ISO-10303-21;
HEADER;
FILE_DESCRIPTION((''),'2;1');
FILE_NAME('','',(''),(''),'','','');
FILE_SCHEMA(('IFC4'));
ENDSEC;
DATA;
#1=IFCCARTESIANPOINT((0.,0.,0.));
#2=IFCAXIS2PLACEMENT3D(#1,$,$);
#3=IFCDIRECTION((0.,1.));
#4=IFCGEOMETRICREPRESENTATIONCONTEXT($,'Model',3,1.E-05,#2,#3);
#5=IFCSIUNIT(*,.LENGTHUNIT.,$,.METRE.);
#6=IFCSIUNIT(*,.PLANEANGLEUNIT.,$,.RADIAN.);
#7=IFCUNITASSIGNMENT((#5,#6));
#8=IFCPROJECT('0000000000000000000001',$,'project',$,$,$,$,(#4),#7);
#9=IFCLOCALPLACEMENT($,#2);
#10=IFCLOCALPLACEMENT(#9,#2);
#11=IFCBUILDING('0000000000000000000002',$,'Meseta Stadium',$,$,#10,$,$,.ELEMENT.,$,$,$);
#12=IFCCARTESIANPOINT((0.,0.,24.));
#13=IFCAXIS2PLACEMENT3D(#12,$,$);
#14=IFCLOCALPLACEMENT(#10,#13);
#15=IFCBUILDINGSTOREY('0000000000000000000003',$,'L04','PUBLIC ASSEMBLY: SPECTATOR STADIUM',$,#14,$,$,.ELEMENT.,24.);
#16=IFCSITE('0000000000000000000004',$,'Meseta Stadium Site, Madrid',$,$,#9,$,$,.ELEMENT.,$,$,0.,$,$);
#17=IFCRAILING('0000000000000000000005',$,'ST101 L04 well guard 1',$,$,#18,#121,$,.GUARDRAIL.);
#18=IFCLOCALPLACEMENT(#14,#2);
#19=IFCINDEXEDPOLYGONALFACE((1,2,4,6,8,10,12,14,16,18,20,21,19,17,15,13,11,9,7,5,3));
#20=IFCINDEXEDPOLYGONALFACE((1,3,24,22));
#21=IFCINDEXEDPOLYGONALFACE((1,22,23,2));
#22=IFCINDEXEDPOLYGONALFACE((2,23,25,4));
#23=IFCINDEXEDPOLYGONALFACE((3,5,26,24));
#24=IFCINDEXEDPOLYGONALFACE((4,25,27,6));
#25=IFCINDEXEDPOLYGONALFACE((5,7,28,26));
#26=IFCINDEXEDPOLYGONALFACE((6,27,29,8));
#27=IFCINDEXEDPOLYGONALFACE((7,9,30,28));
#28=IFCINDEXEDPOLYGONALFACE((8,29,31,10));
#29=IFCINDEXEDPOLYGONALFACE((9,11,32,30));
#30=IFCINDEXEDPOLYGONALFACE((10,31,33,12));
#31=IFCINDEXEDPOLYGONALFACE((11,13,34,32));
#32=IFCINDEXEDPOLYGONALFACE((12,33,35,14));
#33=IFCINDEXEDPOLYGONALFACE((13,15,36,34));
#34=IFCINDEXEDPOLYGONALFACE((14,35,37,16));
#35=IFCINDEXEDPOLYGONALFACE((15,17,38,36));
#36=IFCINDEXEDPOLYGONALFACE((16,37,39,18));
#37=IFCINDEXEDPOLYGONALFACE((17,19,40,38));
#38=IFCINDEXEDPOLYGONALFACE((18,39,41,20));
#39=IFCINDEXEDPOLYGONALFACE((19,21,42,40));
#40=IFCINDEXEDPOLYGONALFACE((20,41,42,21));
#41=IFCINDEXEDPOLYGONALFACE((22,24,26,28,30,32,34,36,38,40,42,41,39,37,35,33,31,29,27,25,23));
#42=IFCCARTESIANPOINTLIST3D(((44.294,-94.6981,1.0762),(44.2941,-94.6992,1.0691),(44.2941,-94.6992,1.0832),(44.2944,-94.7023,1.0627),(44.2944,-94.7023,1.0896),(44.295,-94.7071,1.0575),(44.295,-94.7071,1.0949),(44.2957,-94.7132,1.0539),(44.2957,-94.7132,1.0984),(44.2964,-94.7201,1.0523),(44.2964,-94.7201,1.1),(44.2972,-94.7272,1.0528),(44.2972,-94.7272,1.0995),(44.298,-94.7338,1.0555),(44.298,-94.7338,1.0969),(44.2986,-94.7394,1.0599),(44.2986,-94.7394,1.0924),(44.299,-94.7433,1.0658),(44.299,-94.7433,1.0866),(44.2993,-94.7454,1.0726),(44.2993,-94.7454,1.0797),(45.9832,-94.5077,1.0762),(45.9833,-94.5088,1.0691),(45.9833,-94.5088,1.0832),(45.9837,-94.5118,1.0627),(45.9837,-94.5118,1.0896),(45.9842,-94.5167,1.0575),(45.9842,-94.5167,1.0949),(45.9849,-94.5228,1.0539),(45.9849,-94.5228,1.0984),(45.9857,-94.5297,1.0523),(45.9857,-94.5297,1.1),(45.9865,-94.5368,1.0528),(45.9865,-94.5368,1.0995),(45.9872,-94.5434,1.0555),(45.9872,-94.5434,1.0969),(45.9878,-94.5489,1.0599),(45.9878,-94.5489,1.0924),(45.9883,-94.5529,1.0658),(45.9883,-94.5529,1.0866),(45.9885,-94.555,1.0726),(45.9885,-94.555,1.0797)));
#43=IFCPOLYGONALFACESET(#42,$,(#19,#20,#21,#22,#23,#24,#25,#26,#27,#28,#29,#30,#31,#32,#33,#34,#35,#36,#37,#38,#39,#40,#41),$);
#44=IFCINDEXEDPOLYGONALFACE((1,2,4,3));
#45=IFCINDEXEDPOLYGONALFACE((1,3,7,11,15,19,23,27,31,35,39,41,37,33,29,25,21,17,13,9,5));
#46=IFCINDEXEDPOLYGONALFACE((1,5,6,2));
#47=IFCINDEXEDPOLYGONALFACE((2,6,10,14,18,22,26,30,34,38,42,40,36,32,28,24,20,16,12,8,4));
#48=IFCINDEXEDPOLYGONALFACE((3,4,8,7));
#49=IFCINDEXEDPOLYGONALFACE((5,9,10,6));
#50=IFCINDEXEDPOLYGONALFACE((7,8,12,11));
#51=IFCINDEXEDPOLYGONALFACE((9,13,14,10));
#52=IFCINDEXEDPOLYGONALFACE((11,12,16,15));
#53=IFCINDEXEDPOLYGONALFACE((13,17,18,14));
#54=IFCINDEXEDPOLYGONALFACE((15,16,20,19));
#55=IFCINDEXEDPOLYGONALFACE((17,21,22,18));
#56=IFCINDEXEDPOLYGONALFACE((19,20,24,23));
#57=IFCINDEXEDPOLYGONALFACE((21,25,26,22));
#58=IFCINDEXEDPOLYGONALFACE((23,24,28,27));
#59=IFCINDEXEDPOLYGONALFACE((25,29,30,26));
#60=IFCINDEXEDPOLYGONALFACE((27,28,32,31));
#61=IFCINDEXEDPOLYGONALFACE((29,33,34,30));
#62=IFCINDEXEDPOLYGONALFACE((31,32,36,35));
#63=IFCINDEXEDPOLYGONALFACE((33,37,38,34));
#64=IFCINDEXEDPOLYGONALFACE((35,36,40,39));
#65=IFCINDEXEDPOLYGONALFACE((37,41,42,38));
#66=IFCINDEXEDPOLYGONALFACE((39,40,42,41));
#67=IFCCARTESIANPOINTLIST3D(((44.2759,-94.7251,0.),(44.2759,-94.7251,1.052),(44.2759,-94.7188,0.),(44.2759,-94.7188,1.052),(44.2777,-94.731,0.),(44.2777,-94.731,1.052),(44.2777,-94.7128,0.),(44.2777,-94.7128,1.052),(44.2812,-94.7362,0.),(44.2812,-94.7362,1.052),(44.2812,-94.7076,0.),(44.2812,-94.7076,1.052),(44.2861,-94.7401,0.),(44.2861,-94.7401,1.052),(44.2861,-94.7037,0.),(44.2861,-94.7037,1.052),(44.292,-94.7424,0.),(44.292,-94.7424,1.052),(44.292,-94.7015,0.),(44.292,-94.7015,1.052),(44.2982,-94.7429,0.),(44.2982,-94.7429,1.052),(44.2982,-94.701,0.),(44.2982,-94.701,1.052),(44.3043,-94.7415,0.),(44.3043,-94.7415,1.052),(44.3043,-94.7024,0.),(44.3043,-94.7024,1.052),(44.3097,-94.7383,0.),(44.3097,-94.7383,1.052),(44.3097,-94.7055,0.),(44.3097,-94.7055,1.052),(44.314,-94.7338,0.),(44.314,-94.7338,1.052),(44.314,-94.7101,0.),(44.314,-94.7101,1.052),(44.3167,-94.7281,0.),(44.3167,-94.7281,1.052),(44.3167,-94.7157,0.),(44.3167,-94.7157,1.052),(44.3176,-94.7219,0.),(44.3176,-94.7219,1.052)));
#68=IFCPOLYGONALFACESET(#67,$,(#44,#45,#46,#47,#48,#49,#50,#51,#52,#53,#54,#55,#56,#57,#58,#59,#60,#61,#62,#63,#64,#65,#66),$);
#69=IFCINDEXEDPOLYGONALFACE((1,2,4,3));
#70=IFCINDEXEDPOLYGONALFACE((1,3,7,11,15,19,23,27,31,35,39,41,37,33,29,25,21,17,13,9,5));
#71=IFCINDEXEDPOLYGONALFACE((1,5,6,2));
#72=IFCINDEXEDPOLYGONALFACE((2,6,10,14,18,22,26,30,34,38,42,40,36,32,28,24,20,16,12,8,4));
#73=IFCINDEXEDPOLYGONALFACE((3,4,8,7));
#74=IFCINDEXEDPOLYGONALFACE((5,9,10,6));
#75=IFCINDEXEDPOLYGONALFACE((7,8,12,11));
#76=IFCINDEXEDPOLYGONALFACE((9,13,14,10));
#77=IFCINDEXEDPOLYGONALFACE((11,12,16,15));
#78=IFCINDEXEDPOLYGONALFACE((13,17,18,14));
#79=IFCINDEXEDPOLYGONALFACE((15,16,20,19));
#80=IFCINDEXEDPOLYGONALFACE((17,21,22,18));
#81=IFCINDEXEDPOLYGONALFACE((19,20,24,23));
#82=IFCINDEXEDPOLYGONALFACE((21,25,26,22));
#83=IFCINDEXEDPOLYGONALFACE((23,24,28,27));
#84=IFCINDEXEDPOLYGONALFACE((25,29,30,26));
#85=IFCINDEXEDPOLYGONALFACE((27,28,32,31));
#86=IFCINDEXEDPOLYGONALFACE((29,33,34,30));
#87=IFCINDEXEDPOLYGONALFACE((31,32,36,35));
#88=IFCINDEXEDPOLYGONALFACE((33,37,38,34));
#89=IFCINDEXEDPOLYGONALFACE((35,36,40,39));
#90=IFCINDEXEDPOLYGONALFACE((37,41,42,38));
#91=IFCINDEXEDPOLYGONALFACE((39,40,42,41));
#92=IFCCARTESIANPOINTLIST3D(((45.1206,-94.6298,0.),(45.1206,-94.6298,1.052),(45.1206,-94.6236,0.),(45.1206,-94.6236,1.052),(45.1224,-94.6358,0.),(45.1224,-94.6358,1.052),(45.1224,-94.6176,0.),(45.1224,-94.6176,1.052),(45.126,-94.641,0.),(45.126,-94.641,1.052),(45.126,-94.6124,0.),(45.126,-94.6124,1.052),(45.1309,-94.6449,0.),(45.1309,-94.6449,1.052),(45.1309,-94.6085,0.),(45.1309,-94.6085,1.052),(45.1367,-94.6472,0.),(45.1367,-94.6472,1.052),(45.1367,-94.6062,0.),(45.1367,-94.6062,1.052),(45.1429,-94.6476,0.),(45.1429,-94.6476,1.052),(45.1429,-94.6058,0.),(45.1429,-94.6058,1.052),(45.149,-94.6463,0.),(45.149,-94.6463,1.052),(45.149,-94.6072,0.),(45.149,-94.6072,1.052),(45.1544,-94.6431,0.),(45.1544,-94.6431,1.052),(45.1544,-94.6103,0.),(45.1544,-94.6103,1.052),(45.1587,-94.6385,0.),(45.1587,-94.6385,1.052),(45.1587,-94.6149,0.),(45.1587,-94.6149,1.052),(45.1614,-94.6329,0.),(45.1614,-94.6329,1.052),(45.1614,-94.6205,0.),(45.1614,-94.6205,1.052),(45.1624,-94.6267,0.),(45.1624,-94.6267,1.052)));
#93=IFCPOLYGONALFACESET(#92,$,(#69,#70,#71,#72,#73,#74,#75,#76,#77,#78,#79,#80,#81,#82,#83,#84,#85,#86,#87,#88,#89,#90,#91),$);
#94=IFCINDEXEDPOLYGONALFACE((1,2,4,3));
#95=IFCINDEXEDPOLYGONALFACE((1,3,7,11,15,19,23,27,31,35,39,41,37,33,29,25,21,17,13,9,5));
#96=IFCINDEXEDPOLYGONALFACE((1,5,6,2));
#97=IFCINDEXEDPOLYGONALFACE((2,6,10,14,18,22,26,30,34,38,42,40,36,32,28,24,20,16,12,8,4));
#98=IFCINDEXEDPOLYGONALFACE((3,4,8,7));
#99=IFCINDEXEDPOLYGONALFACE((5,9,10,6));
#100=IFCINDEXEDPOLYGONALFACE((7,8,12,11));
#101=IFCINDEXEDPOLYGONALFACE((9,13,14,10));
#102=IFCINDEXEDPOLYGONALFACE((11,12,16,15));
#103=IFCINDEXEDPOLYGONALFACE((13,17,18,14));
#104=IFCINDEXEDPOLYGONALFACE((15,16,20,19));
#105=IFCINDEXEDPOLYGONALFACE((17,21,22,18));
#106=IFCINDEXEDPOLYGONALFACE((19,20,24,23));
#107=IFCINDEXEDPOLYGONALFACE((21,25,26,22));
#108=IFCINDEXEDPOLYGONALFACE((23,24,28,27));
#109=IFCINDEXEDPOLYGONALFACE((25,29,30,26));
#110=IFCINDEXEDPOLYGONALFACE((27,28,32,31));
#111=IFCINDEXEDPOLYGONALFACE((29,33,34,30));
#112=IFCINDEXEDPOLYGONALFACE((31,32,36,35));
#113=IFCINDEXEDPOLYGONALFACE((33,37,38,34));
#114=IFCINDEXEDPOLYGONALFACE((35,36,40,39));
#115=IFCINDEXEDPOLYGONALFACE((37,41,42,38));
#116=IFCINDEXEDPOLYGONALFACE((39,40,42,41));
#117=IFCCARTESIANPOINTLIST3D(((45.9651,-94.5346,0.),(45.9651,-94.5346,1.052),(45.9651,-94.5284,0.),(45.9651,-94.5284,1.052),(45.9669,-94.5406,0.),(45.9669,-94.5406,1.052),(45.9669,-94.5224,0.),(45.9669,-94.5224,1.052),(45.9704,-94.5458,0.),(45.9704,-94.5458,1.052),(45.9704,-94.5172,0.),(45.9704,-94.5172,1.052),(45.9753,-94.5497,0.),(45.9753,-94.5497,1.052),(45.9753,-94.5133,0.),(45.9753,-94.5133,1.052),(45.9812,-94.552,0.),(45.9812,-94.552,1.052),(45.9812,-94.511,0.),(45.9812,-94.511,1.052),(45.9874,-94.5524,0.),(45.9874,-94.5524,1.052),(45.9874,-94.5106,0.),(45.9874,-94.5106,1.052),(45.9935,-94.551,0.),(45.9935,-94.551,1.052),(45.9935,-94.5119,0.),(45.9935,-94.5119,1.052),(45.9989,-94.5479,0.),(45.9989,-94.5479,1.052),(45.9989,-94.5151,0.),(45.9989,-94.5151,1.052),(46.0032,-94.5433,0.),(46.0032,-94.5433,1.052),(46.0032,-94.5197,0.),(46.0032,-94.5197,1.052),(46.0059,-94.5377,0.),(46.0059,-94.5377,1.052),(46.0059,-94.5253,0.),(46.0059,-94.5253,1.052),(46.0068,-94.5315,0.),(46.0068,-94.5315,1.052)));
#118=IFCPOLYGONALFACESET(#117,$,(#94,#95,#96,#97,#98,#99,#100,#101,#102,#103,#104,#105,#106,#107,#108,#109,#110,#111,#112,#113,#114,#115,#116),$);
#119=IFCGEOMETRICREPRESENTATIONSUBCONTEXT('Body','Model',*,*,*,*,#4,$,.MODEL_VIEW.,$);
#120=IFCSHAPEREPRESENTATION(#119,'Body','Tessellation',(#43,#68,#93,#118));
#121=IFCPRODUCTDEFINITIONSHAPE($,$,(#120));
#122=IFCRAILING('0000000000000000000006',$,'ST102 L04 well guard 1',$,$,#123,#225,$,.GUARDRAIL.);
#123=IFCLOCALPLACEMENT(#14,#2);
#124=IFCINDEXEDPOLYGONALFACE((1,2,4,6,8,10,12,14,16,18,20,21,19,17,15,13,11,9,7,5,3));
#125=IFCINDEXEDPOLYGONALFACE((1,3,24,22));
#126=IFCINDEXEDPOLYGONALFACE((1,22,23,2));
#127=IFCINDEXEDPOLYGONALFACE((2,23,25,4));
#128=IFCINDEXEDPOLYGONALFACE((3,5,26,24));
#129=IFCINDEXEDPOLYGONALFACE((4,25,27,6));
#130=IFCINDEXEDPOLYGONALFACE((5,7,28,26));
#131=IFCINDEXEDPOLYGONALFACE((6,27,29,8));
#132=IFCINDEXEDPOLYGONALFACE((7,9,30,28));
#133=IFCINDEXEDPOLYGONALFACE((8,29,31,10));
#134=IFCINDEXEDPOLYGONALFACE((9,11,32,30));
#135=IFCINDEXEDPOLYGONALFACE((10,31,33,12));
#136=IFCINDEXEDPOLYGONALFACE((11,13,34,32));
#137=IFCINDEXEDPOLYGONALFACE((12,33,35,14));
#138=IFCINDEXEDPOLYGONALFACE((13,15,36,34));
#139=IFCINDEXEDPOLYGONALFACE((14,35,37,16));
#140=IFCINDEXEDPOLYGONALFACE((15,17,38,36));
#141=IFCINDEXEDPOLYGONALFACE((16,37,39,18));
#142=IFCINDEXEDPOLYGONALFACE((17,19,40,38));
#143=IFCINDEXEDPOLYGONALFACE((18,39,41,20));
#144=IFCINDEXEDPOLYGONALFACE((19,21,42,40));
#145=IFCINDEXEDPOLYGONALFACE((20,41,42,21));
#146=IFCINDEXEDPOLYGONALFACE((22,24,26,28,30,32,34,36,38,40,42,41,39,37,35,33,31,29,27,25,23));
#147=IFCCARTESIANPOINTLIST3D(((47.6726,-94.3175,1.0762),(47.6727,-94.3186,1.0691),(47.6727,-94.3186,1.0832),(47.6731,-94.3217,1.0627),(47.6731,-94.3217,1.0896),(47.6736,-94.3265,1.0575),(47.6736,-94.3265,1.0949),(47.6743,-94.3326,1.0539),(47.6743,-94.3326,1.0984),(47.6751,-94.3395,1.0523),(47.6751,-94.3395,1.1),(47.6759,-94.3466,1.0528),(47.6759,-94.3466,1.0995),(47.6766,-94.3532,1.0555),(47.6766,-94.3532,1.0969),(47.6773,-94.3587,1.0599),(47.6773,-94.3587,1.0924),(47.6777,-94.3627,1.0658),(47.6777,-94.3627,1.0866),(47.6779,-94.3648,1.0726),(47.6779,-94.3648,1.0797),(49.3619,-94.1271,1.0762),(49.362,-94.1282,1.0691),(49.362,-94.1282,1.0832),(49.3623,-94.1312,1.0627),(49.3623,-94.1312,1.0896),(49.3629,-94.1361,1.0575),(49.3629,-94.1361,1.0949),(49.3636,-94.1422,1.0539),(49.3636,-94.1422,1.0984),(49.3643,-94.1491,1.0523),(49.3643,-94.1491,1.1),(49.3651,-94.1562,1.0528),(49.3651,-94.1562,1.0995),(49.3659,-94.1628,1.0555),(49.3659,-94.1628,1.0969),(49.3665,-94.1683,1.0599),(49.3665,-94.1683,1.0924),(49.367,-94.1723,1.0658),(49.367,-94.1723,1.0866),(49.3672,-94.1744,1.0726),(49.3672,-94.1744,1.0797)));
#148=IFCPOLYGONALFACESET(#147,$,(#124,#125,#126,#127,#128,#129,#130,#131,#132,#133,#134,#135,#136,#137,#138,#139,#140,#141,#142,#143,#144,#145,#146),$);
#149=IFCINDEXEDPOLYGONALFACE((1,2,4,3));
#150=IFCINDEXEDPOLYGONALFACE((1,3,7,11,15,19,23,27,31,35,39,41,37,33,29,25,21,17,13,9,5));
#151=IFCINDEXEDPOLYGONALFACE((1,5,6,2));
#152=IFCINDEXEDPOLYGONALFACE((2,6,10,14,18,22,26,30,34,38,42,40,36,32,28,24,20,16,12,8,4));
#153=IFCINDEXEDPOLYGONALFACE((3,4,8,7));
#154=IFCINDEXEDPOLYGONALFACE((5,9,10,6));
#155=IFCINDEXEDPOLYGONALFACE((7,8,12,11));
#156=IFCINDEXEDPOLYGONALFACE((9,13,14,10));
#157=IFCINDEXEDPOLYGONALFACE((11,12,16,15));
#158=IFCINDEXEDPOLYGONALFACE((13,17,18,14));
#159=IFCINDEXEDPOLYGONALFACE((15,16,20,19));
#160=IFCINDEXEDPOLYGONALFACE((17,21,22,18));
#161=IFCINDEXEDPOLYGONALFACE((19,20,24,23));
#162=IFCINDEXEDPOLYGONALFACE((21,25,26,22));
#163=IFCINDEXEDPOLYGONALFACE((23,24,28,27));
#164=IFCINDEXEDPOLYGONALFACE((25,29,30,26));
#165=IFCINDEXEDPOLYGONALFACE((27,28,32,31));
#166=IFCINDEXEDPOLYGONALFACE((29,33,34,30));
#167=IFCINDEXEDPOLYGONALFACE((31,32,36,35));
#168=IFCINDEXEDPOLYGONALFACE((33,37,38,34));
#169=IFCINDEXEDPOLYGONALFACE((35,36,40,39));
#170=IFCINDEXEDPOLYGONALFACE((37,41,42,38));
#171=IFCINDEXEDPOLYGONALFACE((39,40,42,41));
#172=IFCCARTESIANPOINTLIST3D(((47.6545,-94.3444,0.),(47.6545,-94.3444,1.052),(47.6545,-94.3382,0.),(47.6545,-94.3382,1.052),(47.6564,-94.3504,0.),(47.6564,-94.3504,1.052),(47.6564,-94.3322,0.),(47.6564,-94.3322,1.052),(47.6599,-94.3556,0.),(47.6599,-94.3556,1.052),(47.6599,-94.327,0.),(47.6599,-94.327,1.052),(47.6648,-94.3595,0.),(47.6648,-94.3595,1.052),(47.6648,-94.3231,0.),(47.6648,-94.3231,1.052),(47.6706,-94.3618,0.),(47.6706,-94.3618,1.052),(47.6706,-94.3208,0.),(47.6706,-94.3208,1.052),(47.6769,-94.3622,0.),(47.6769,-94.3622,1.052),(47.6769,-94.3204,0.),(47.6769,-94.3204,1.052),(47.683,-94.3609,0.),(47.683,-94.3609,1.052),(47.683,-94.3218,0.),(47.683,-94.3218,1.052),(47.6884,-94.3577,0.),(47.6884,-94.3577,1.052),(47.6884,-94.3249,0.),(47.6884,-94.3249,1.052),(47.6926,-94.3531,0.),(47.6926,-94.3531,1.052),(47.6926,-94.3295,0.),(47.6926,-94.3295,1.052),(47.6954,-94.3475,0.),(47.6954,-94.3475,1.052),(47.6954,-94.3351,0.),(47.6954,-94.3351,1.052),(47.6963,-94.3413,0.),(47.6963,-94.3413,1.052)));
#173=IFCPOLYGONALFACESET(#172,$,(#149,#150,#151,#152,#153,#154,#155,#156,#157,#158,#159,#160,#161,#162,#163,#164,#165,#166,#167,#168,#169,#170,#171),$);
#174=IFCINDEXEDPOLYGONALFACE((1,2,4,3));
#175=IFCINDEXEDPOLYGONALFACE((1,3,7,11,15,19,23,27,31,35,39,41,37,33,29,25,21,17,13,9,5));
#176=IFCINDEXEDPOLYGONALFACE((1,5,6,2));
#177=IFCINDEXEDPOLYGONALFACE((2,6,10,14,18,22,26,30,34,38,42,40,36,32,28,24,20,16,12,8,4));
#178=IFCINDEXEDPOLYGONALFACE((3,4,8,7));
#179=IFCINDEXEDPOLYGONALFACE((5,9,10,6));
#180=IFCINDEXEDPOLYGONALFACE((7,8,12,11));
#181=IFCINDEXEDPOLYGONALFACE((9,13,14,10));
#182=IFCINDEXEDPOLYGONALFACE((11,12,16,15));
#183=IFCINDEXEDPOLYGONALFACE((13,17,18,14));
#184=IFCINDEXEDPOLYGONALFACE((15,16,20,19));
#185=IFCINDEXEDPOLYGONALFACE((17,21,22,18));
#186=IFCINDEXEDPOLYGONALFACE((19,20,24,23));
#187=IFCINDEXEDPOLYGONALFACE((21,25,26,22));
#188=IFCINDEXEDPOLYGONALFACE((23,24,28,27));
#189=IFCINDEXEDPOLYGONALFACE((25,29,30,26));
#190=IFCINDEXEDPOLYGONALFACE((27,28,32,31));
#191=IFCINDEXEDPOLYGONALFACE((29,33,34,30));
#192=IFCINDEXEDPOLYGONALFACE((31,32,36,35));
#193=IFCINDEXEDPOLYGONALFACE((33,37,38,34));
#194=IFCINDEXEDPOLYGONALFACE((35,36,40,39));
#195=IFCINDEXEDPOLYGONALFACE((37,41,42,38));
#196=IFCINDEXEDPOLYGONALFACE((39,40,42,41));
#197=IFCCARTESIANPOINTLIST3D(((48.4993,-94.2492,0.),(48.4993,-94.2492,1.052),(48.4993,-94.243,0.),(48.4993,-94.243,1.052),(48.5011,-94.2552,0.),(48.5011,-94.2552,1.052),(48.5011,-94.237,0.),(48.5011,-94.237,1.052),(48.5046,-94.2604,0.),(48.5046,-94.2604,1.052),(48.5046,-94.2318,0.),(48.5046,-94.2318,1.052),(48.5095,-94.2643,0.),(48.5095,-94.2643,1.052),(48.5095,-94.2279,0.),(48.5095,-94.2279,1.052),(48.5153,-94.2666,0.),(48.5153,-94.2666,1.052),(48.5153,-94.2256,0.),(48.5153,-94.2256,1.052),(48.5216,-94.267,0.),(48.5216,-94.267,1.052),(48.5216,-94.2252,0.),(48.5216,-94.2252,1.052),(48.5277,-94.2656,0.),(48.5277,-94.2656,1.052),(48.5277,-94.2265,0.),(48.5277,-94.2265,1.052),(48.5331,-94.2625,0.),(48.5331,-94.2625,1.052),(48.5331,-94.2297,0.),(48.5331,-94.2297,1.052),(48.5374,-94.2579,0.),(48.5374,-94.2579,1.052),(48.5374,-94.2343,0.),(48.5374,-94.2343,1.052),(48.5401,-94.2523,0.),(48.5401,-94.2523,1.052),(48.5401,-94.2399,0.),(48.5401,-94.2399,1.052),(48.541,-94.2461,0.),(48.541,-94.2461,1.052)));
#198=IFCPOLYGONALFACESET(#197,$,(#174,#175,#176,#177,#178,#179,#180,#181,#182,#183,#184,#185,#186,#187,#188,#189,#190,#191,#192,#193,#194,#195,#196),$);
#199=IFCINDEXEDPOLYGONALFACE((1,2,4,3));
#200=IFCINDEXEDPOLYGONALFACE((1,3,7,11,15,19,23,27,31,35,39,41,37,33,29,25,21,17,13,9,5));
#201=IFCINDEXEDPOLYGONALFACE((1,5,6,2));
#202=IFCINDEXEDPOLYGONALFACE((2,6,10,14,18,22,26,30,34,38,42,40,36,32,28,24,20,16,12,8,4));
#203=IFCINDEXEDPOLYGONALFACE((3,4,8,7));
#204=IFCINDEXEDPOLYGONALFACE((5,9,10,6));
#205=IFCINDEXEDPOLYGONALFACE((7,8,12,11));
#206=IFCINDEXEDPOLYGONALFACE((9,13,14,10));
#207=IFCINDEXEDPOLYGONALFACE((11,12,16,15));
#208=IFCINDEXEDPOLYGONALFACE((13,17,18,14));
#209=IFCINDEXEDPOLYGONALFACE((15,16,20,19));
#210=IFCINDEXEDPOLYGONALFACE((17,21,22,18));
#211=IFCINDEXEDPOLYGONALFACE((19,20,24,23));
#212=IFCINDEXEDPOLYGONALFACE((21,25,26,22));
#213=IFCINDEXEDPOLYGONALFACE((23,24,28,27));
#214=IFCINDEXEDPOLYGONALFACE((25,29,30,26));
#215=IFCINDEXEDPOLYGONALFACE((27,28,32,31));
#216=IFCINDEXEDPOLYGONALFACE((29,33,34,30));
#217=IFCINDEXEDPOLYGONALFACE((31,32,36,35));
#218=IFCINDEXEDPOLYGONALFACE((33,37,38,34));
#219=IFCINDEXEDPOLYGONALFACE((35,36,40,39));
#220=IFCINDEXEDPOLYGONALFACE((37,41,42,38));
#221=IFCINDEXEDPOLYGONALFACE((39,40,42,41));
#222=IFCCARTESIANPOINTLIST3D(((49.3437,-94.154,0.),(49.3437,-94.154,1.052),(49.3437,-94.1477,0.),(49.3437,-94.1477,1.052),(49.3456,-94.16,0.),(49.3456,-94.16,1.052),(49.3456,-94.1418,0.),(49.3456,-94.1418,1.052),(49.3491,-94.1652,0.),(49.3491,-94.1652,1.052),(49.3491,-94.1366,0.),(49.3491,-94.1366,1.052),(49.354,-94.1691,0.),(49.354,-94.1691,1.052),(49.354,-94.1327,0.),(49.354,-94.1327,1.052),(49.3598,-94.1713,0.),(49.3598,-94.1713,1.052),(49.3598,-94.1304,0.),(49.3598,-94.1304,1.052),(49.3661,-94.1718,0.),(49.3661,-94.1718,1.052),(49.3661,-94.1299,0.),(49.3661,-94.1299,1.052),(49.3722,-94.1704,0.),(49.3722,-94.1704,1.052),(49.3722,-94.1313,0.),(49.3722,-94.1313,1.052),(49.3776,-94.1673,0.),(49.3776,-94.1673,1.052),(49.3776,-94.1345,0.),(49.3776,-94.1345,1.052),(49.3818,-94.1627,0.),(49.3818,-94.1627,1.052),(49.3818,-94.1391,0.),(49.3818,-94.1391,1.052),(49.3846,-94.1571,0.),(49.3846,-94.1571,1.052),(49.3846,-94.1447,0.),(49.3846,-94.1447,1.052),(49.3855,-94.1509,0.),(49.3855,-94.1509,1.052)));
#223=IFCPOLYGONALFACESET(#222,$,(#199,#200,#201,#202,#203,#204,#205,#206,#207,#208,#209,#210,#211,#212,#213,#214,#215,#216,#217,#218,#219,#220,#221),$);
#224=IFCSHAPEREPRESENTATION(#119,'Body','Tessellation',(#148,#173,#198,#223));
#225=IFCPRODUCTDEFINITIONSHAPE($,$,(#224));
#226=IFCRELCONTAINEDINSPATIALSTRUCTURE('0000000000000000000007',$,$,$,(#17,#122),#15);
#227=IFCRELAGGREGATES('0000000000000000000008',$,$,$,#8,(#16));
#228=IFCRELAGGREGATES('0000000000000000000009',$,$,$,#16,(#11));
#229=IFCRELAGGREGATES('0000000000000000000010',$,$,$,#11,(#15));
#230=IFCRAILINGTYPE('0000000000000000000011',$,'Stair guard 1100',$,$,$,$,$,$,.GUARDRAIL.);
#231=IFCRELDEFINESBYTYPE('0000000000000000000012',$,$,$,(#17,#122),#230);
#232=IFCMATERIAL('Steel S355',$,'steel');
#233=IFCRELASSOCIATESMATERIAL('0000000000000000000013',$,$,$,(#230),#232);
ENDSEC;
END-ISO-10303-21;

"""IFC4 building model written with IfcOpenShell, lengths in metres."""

from ifc_helpers import new_model, si_unit, direction, frame, origin, origin_2d, place, context, subcontext, project, spatial, circle, extrude, material, type_object, element, save


model = new_model("IFC4")

# Units and contexts
model_context = context("Model", 3, precision=1e-05, world=origin(), true_north=direction((0.0, 1.0)))
body_context = subcontext(model_context, "Body", "Model", "MODEL_VIEW")
ifc_project = project(units=[si_unit("LENGTHUNIT", "METRE"), si_unit("PLANEANGLEUNIT", "RADIAN")], contexts=[model_context])

# Site, building, storey
site_placement = place(None, origin())
site = spatial("IfcSite", under=ifc_project, at=site_placement, Name="Meseta Stadium Site, Madrid", CompositionType="ELEMENT", RefElevation=0.0)
building_placement = place(site_placement, origin())
building = spatial("IfcBuilding", under=site, at=building_placement, Name="Meseta Stadium", CompositionType="ELEMENT")
storey_placement = place(building_placement, frame((0.0, 0.0, 24.0)))
storey = spatial("IfcBuildingStorey", under=building, at=storey_placement, Name="L04", Description="PUBLIC ASSEMBLY: SPECTATOR STADIUM", CompositionType="ELEMENT", Elevation=24.0)

# Railings
ifc_material_1 = material(Name="Steel S355", Category="steel")
railing_type_1 = type_object("IfcRailingType", Name="Stair guard 1100", PredefinedType="GUARDRAIL", material=ifc_material_1)
for number, where, name in (
    (1, (44.2966, -94.7219, 0.0), "ST101 L04 well guard 1"),
    (2, (47.6753, -94.3413, 0.0), "ST102 L04 well guard 1"),
):
    element("IfcRailing", number, at=place(storey_placement, frame(where)), inside=storey, type_object=railing_type_1, Name=name, PredefinedType="GUARDRAIL", context=body_context, shape_type="SweptSolid", body=[
        extrude(circle(Radius=0.0239, at=origin_2d()), frame((0.0, 0.0, 1.0762), z_axis=(0.993706, 0.112023, 0.0), x_axis=(-0.112023, 0.993706, 0.0)), (0.0, 0.0, 1.0), 1.7),
        extrude(circle(Radius=0.021, at=origin_2d()), origin(), (0.0, 0.0, 1.0), 1.052),
        extrude(circle(Radius=0.021, at=origin_2d()), frame((0.8447, 0.0952, 0.0)), (0.0, 0.0, 1.0), 1.052),
        extrude(circle(Radius=0.021, at=origin_2d()), frame((1.6892, 0.1904, 0.0)), (0.0, 0.0, 1.0), 1.052),
    ])

save(model, "model.ifc")
